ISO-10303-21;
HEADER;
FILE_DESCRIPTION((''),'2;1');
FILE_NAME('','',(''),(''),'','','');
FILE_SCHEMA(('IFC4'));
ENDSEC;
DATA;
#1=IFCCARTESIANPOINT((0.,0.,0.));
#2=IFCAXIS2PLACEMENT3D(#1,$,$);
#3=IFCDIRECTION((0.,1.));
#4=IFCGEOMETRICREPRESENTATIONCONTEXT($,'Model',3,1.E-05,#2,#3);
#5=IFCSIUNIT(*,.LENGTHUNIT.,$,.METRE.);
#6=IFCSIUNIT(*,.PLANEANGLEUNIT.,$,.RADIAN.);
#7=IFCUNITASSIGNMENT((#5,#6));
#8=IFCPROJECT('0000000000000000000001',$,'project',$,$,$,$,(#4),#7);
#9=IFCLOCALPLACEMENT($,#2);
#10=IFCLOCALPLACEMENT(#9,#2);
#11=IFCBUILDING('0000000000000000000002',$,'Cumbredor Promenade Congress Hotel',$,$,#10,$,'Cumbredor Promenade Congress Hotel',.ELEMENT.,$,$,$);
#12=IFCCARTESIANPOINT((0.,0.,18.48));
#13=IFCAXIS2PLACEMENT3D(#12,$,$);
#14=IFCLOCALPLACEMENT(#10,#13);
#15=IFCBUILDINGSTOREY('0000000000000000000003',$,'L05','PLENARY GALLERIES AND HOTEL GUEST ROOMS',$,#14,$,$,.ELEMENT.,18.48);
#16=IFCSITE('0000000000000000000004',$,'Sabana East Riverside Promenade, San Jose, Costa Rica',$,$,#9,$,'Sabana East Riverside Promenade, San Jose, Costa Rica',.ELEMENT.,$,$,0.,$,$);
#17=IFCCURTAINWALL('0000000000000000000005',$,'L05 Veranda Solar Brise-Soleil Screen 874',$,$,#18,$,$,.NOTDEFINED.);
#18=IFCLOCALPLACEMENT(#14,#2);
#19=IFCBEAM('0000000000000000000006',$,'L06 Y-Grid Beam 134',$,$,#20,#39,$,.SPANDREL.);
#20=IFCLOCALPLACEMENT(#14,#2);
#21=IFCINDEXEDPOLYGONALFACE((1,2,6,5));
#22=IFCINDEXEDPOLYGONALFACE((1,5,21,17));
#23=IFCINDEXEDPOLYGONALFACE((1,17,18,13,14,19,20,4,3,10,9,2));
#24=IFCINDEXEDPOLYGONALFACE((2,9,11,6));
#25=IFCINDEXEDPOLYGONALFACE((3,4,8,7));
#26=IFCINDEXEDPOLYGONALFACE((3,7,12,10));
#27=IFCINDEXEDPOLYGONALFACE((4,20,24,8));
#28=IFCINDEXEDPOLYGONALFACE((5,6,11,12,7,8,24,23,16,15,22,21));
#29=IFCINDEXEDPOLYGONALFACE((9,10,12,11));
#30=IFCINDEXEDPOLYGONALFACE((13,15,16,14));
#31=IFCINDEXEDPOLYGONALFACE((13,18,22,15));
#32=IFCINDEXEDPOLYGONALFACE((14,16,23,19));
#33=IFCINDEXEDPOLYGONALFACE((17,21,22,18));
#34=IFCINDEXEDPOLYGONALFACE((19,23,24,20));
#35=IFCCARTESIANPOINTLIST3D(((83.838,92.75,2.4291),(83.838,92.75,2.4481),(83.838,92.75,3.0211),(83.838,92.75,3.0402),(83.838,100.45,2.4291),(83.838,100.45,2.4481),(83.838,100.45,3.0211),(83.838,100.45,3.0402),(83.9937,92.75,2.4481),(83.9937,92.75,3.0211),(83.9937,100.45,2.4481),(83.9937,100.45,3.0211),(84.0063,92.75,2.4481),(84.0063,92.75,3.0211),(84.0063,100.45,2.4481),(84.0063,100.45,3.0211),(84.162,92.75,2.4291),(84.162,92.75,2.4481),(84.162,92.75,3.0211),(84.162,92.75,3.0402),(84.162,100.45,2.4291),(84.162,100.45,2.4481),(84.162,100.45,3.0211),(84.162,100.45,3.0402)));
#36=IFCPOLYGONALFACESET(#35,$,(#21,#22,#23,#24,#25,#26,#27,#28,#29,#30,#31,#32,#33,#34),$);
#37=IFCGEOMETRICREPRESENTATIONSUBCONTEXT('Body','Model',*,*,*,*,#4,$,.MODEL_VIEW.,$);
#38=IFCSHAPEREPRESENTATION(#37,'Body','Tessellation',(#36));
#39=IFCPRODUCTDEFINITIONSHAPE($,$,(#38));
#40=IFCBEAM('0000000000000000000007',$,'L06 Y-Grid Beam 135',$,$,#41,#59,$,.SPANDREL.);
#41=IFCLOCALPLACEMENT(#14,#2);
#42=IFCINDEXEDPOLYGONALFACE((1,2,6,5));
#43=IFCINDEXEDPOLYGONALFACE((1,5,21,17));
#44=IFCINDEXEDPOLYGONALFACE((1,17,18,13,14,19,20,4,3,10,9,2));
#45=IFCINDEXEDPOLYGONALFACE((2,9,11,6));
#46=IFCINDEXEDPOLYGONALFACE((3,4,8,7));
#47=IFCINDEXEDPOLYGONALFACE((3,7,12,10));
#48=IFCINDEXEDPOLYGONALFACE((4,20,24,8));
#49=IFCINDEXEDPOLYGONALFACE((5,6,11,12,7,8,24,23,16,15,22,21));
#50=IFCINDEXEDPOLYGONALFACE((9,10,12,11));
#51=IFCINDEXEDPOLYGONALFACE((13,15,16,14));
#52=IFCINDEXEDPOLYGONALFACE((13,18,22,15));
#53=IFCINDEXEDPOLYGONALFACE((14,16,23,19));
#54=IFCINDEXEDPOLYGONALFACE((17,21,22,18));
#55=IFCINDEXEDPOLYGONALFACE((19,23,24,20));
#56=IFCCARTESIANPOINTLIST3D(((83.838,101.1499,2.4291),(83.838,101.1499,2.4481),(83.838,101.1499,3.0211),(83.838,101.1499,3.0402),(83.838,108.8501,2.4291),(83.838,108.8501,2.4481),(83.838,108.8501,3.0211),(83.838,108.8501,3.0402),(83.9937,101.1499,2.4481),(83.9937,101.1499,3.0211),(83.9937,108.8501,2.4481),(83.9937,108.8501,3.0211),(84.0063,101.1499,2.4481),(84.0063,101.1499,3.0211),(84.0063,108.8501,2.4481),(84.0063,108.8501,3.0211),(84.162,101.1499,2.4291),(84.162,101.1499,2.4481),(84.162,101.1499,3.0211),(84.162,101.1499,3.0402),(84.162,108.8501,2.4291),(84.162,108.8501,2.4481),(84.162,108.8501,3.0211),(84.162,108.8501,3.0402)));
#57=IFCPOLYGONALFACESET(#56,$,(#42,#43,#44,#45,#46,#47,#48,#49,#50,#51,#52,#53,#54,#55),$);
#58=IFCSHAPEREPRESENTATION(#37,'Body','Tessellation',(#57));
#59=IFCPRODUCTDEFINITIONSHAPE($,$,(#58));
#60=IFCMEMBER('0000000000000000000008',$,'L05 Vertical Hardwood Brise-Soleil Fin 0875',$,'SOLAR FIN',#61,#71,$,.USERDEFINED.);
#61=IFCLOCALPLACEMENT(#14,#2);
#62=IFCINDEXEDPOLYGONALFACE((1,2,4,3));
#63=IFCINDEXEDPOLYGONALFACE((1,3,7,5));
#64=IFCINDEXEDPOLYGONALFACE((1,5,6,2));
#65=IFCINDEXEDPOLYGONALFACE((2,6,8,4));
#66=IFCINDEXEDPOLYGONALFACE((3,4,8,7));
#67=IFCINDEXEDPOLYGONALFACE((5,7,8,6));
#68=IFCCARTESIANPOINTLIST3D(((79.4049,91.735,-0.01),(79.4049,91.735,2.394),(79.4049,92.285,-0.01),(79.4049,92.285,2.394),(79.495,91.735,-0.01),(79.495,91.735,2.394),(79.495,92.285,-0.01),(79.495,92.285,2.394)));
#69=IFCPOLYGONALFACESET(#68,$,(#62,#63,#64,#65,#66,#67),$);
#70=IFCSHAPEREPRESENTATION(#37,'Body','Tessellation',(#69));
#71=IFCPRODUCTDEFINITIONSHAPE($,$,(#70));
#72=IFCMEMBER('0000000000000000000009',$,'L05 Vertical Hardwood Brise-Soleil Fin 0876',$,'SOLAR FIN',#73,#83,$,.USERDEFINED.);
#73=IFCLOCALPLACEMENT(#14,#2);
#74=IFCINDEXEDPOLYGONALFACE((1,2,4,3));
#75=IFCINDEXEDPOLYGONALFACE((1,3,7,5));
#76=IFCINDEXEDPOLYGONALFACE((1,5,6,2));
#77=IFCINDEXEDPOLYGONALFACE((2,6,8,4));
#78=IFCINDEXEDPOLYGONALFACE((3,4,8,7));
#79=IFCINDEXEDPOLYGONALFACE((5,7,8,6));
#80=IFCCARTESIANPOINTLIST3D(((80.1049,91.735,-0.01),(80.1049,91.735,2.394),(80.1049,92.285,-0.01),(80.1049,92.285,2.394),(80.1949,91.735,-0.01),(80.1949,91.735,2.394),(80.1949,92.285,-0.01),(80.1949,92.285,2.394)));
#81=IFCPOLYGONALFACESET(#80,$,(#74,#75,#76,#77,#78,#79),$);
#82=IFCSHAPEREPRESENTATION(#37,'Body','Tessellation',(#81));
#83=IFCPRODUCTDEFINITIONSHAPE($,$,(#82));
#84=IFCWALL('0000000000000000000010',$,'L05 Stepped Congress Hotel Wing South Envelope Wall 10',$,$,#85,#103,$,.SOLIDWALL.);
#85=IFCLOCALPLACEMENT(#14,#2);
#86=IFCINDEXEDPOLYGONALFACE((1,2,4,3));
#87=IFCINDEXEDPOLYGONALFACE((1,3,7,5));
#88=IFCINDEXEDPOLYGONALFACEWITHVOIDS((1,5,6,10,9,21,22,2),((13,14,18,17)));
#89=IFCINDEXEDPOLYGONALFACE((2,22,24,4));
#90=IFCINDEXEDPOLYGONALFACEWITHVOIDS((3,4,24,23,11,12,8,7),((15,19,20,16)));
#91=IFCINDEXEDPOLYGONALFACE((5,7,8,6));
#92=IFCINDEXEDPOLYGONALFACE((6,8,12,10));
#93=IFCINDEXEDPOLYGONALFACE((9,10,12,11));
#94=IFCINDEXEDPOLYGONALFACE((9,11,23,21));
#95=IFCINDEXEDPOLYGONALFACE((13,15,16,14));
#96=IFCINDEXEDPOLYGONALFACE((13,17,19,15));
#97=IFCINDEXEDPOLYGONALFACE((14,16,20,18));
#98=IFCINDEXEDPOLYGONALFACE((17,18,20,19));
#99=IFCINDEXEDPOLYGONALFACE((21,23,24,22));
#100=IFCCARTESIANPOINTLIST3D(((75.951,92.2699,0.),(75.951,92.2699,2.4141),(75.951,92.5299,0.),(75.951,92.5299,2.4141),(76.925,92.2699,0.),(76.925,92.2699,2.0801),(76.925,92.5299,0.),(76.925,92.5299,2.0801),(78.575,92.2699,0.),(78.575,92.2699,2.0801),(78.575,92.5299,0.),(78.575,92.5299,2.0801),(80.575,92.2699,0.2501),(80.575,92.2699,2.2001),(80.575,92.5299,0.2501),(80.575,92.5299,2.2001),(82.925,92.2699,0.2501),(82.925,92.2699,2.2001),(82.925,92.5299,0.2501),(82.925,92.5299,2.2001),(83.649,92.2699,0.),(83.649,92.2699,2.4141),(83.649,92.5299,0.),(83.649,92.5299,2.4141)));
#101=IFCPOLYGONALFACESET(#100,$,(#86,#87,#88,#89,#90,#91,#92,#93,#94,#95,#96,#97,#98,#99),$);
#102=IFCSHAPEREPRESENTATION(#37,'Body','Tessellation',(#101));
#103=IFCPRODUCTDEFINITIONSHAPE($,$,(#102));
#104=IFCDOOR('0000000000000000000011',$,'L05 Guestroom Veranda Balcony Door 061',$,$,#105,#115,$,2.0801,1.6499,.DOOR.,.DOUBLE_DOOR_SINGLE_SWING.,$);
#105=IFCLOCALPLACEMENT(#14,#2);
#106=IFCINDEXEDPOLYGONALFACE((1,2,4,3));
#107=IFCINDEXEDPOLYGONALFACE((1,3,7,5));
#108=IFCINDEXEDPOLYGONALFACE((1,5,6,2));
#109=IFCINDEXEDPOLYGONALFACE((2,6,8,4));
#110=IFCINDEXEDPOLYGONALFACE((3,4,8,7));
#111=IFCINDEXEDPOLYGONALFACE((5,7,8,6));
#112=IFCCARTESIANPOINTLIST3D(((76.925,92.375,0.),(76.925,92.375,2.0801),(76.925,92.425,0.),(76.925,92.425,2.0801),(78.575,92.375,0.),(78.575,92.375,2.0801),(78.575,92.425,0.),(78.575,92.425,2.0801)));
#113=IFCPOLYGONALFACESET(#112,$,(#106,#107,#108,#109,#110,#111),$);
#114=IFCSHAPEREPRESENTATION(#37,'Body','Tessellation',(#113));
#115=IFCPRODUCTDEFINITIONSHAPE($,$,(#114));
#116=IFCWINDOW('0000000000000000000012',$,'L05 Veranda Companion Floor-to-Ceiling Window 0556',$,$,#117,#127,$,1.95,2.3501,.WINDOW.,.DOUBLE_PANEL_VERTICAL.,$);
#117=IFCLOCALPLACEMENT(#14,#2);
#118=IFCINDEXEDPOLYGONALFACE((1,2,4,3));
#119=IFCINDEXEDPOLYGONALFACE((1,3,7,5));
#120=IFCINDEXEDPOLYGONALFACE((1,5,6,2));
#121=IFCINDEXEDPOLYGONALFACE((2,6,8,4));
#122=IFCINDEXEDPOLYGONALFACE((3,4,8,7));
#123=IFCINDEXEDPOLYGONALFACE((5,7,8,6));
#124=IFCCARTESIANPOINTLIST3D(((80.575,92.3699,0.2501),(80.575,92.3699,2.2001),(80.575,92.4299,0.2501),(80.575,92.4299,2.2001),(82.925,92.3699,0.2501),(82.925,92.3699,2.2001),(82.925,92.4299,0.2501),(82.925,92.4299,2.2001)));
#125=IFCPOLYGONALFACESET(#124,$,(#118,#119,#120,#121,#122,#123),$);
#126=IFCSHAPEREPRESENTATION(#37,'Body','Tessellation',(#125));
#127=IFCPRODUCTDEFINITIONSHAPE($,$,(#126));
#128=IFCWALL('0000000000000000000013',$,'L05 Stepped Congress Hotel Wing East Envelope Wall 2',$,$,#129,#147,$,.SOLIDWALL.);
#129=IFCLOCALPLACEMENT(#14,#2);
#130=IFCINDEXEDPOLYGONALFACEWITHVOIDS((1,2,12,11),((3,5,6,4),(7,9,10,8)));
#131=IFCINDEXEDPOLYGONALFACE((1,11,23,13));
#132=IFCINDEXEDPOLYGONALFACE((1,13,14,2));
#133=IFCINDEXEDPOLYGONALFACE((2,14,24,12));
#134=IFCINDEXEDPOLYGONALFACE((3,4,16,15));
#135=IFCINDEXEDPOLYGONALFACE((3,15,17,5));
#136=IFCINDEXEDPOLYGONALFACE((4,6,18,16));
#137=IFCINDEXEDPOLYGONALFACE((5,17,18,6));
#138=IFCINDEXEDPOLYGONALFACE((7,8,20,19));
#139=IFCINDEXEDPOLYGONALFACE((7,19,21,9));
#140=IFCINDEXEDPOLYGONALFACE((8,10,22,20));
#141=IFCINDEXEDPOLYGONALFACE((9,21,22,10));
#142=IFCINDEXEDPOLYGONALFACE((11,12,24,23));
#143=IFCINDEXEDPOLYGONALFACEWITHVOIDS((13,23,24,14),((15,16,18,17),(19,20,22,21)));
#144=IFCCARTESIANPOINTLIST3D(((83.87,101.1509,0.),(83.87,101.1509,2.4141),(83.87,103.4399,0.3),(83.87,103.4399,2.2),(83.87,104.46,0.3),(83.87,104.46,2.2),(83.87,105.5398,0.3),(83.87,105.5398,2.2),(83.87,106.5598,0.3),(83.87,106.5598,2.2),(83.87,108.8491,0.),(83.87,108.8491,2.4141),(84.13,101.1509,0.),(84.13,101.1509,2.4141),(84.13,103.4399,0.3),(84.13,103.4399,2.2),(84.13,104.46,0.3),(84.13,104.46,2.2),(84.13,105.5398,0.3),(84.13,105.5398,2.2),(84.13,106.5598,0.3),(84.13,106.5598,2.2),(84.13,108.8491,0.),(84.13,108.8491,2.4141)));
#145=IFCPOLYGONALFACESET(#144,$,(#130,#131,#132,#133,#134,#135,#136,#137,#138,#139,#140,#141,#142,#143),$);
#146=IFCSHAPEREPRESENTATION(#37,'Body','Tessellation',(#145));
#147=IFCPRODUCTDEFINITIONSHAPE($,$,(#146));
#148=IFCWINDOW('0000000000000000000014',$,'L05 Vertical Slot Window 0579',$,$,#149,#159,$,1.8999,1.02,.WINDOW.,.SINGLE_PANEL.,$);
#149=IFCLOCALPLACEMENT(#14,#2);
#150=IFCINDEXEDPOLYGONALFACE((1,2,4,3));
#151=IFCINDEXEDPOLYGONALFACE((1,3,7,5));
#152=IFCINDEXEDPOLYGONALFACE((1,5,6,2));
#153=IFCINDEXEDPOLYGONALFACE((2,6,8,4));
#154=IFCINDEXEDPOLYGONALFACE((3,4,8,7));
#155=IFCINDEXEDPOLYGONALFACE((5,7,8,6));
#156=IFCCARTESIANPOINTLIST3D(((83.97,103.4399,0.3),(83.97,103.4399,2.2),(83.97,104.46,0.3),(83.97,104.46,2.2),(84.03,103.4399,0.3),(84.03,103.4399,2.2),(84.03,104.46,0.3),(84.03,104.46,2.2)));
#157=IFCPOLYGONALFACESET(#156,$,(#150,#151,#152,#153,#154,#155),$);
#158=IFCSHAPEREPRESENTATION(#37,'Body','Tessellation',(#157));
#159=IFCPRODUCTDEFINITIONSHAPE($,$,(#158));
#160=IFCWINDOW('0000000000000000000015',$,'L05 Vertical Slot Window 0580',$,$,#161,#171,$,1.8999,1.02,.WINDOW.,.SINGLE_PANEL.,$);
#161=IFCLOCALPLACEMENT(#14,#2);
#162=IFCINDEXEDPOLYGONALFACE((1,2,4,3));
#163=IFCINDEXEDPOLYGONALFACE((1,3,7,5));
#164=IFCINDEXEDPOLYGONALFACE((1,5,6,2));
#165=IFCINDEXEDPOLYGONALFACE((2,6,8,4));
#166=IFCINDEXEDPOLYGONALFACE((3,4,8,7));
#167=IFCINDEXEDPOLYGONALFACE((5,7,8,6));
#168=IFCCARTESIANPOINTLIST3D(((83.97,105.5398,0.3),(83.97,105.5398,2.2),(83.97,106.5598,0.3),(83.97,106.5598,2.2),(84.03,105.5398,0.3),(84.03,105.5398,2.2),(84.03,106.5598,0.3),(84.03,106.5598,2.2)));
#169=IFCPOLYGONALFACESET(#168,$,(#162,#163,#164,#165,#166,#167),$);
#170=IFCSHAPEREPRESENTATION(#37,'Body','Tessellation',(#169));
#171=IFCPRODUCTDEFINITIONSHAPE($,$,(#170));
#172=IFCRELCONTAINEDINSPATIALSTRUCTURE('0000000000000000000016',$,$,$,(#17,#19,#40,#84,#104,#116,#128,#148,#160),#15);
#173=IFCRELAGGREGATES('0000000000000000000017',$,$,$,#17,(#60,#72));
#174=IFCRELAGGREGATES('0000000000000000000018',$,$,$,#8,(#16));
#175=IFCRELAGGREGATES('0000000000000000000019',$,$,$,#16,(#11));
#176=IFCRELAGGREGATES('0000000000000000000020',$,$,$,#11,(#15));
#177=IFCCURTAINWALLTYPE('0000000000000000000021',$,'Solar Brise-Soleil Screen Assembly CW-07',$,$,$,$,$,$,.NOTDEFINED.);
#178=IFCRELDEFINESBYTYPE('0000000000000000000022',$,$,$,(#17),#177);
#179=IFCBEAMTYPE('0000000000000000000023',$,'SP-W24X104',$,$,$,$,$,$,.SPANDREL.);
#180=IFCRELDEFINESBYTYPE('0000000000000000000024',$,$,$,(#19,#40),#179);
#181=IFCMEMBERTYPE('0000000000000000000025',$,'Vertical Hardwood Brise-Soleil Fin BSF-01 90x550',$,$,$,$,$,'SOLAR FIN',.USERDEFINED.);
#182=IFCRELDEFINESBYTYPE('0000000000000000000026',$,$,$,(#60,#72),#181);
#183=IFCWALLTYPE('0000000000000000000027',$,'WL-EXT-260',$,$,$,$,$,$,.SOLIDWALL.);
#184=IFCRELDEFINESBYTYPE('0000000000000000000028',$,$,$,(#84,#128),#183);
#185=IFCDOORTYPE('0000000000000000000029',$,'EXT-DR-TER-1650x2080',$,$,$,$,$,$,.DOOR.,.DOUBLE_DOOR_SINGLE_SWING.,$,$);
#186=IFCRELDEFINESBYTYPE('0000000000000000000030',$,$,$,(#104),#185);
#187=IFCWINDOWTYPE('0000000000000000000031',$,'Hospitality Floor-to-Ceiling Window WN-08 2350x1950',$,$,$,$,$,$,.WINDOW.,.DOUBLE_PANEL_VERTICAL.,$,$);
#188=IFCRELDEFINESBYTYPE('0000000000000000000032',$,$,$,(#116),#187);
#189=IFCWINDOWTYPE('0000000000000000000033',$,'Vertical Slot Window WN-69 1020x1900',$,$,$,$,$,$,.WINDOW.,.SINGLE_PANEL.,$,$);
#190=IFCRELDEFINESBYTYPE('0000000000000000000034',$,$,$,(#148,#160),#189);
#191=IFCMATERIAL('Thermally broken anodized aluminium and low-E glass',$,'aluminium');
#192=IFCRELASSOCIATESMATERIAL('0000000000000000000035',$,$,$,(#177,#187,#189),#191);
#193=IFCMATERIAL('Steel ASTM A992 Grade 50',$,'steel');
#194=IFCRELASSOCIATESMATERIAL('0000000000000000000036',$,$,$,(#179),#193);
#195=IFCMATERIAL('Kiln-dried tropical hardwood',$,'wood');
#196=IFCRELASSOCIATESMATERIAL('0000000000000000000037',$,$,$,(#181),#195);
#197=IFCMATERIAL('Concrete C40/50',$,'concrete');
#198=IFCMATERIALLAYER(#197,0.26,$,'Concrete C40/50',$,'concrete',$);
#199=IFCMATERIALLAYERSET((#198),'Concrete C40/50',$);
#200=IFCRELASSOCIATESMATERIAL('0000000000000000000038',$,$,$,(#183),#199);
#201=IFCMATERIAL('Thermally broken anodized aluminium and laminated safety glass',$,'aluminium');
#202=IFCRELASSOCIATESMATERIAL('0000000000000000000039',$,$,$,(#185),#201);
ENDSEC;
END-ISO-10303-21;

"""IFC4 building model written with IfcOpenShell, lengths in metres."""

from ifc_helpers import new_model, si_unit, direction, frame, frame_2d, origin, origin_2d, place, context, subcontext, project, spatial, rectangle, i_section, extrude, material, layer, layer_set, material_profile, profile_set, type_object, element, fill, aggregate, save


model = new_model("IFC4")

# Units and contexts
model_context = context("Model", 3, precision=1e-05, world=origin(), true_north=direction((0.0, 1.0)))
body_context = subcontext(model_context, "Body", "Model", "MODEL_VIEW")
ifc_project = project(units=[si_unit("LENGTHUNIT", "METRE"), si_unit("PLANEANGLEUNIT", "RADIAN")], contexts=[model_context])

# Site, building, storey
site_placement = place(None, origin())
site = spatial("IfcSite", under=ifc_project, at=site_placement, Name="Sabana East Riverside Promenade, San Jose, Costa Rica", LongName="Sabana East Riverside Promenade, San Jose, Costa Rica", CompositionType="ELEMENT", RefElevation=0.0)
building_placement = place(site_placement, origin())
building = spatial("IfcBuilding", under=site, at=building_placement, Name="Cumbredor Promenade Congress Hotel", LongName="Cumbredor Promenade Congress Hotel", CompositionType="ELEMENT")
storey_placement = place(building_placement, frame((0.0, 0.0, 18.48)))
storey = spatial("IfcBuildingStorey", under=building, at=storey_placement, Name="L05", Description="PLENARY GALLERIES AND HOTEL GUEST ROOMS", CompositionType="ELEMENT", Elevation=18.48)

# Shared definitions
ifc_material_1 = material(Name="Concrete C40/50", Category="concrete")

# Shared definitions
ifc_material_2 = material(Name="Steel ASTM A992 Grade 50", Category="steel")

# Curtain wall
ifc_material_3 = material(Name="Thermally broken anodized aluminium and low-E glass", Category="aluminium")
curtain_wall_type = type_object("IfcCurtainWallType", Name="Solar Brise-Soleil Screen Assembly CW-07", PredefinedType="NOTDEFINED", material=ifc_material_3)
curtain_wall_1_placement = place(storey_placement, origin())
curtain_wall_1 = element("IfcCurtainWall", 1, at=curtain_wall_1_placement, inside=storey, type_object=curtain_wall_type, Name="L05 Veranda Solar Brise-Soleil Screen 874", PredefinedType="NOTDEFINED")

# Beams
ifc_material_profile_1 = material_profile(ifc_material_2, i_section(OverallWidth=0.324, OverallDepth=0.6111, WebThickness=0.0127, FlangeThickness=0.019, at=origin_2d()), Name="W24X104")
ifc_profile_set_1 = profile_set([ifc_material_profile_1], Name="Steel ASTM A992 Grade 50")
beam_type_1 = type_object("IfcBeamType", Name="SP-W24X104", PredefinedType="SPANDREL", material=ifc_profile_set_1)
beam_1_placement = place(storey_placement, frame((84.0, 92.75, 2.7346), z_axis=(0.0, 1.0, 0.0), x_axis=(-1.0, 0.0, 0.0)))
element("IfcBeam", 2, at=beam_1_placement, inside=storey, type_object=beam_type_1, Name="L06 Y-Grid Beam 134", PredefinedType="SPANDREL", context=body_context, shape_type="SweptSolid", body=[
    extrude(i_section(OverallWidth=0.324, OverallDepth=0.6111, WebThickness=0.0127, FlangeThickness=0.019, at=origin_2d()), origin(), (0.0, 0.0, 1.0), 7.7),
])
beam_2_placement = place(storey_placement, frame((84.0, 101.1499, 2.7346), z_axis=(0.0, 1.0, 0.0), x_axis=(-1.0, 0.0, 0.0)))
element("IfcBeam", 3, at=beam_2_placement, inside=storey, type_object=beam_type_1, Name="L06 Y-Grid Beam 135", PredefinedType="SPANDREL", context=body_context, shape_type="SweptSolid", body=[
    extrude(i_section(OverallWidth=0.324, OverallDepth=0.6111, WebThickness=0.0127, FlangeThickness=0.019, at=origin_2d()), origin(), (0.0, 0.0, 1.0), 7.7002),
])

# Members
ifc_material_4 = material(Name="Kiln-dried tropical hardwood", Category="wood")
ifc_material_profile_2 = material_profile(ifc_material_4, rectangle(XDim=0.0901, YDim=0.55, at=origin_2d()), Name="ARCH FIN 90x550")
ifc_profile_set_2 = profile_set([ifc_material_profile_2], Name="Kiln-dried tropical hardwood")
member_type_1 = type_object("IfcMemberType", Name="Vertical Hardwood Brise-Soleil Fin BSF-01 90x550", ElementType="SOLAR FIN", PredefinedType="USERDEFINED", material=ifc_profile_set_2)
member_1_placement = place(storey_placement, frame((79.45, 92.01, -0.01), z_axis=(0.0, 0.0, 1.0), x_axis=(1.0, 0.0, 0.0)))
member_1 = element("IfcMember", 4, at=member_1_placement, type_object=member_type_1, Name="L05 Vertical Hardwood Brise-Soleil Fin 0875", ObjectType="SOLAR FIN", PredefinedType="USERDEFINED", context=body_context, shape_type="SweptSolid", body=[
    extrude(rectangle(XDim=0.0901, YDim=0.55, at=origin_2d()), origin(), (0.0, 0.0, 1.0), 2.4041),
])
member_2_placement = place(storey_placement, frame((80.1499, 92.01, -0.01), z_axis=(0.0, 0.0, 1.0), x_axis=(1.0, 0.0, 0.0)))
member_2 = element("IfcMember", 5, at=member_2_placement, type_object=member_type_1, Name="L05 Vertical Hardwood Brise-Soleil Fin 0876", ObjectType="SOLAR FIN", PredefinedType="USERDEFINED", context=body_context, shape_type="SweptSolid", body=[
    extrude(rectangle(XDim=0.0901, YDim=0.55, at=origin_2d()), origin(), (0.0, 0.0, 1.0), 2.4041),
])
aggregate(curtain_wall_1, [member_1, member_2])

# Wall, openings, door, window
ifc_layer_1 = layer(ifc_material_1, 0.26, Name="Concrete C40/50", Category="concrete")
ifc_layer_set_1 = layer_set([ifc_layer_1], Name="Concrete C40/50")
wall_type_1 = type_object("IfcWallType", Name="WL-EXT-260", PredefinedType="SOLIDWALL", material=ifc_layer_set_1)
wall_1_placement = place(storey_placement, frame((75.9509, 92.3999, 0.0), z_axis=(0.0, 0.0, 1.0), x_axis=(1.0, 0.0, 0.0)))
wall_1 = element("IfcWall", 6, at=wall_1_placement, inside=storey, type_object=wall_type_1, Name="L05 Stepped Congress Hotel Wing South Envelope Wall 10", PredefinedType="SOLIDWALL", context=body_context, shape_type="SweptSolid", body=[
    extrude(rectangle(XDim=7.698, YDim=0.26, at=frame_2d((3.8491, 0.0))), origin(), (0.0, 0.0, 1.0), 2.4141),
])
opening_1_placement = place(wall_1_placement, frame((0.9741, 0.0, 0.0)))
opening_1 = element("IfcOpeningElement", 7, at=opening_1_placement, cuts=wall_1, PredefinedType="OPENING", context=body_context, shape_type="SweptSolid", body=[
    extrude(rectangle(XDim=1.6499, YDim=2.0801, at=frame_2d((0.825, 1.04))), frame((0.0, 0.1401, 0.0), z_axis=(0.0, -1.0, 0.0), x_axis=(1.0, 0.0, 0.0)), (0.0, 0.0, 1.0), 0.28),
])
opening_2_placement = place(wall_1_placement, frame((4.624, 0.0, 0.25)))
opening_2 = element("IfcOpeningElement", 8, at=opening_2_placement, cuts=wall_1, PredefinedType="OPENING", context=body_context, shape_type="SweptSolid", body=[
    extrude(rectangle(XDim=2.3501, YDim=1.95, at=frame_2d((1.175, 0.9751))), frame((0.0, 0.1401, 0.0), z_axis=(0.0, -1.0, 0.0), x_axis=(1.0, 0.0, 0.0)), (0.0, 0.0, 1.0), 0.28),
])
ifc_material_5 = material(Name="Thermally broken anodized aluminium and laminated safety glass", Category="aluminium")
door_type = type_object("IfcDoorType", Name="EXT-DR-TER-1650x2080", OperationType="DOUBLE_DOOR_SINGLE_SWING", PredefinedType="DOOR", material=ifc_material_5)
door_placement = place(opening_1_placement, frame((1.6499, 0.0, 0.0), z_axis=(0.0, 0.0, 1.0), x_axis=(-1.0, 0.0, 0.0)))
door = element("IfcDoor", 9, at=door_placement, inside=storey, type_object=door_type, Name="L05 Guestroom Veranda Balcony Door 061", OperationType="DOUBLE_DOOR_SINGLE_SWING", OverallHeight=2.0801, OverallWidth=1.6499, PredefinedType="DOOR", context=body_context, shape_type="SweptSolid", body=[
    extrude(rectangle(XDim=1.6499, YDim=2.0801, at=frame_2d((0.825, 1.04))), frame((0.0, 0.0249, 0.0), z_axis=(0.0, -1.0, 0.0), x_axis=(1.0, 0.0, 0.0)), (0.0, 0.0, 1.0), 0.05),
])
fill(opening_1, door)
window_type_1 = type_object("IfcWindowType", Name="Hospitality Floor-to-Ceiling Window WN-08 2350x1950", PartitioningType="DOUBLE_PANEL_VERTICAL", PredefinedType="WINDOW", material=ifc_material_3)
window_1_placement = place(opening_2_placement, origin())
window_1 = element("IfcWindow", 10, at=window_1_placement, inside=storey, type_object=window_type_1, Name="L05 Veranda Companion Floor-to-Ceiling Window 0556", OverallHeight=1.95, OverallWidth=2.3501, PartitioningType="DOUBLE_PANEL_VERTICAL", PredefinedType="WINDOW", context=body_context, shape_type="SweptSolid", body=[
    extrude(rectangle(XDim=2.3501, YDim=1.95, at=frame_2d((1.175, 0.9751))), frame((0.0, 0.03, 0.0), z_axis=(0.0, -1.0, 0.0), x_axis=(1.0, 0.0, 0.0)), (0.0, 0.0, 1.0), 0.0601),
])
fill(opening_2, window_1)

# Wall, openings, windows
wall_2_placement = place(storey_placement, frame((84.0, 101.1509, 0.0), z_axis=(0.0, 0.0, 1.0), x_axis=(0.0, 1.0, 0.0)))
wall_2 = element("IfcWall", 11, at=wall_2_placement, inside=storey, type_object=wall_type_1, Name="L05 Stepped Congress Hotel Wing East Envelope Wall 2", PredefinedType="SOLIDWALL", context=body_context, shape_type="SweptSolid", body=[
    extrude(rectangle(XDim=7.6982, YDim=0.26, at=frame_2d((3.8491, 0.0))), origin(), (0.0, 0.0, 1.0), 2.4141),
])
opening_3_placement = place(wall_2_placement, frame((2.2891, 0.0, 0.3)))
opening_3 = element("IfcOpeningElement", 12, at=opening_3_placement, cuts=wall_2, PredefinedType="OPENING", context=body_context, shape_type="SweptSolid", body=[
    extrude(rectangle(XDim=1.02, YDim=1.8999, at=frame_2d((0.51, 0.95))), frame((0.0, 0.1401, 0.0), z_axis=(0.0, -1.0, 0.0), x_axis=(1.0, 0.0, 0.0)), (0.0, 0.0, 1.0), 0.28),
])
opening_4_placement = place(wall_2_placement, frame((4.3889, 0.0, 0.3)))
opening_4 = element("IfcOpeningElement", 13, at=opening_4_placement, cuts=wall_2, PredefinedType="OPENING", context=body_context, shape_type="SweptSolid", body=[
    extrude(rectangle(XDim=1.02, YDim=1.8999, at=frame_2d((0.51, 0.95))), frame((0.0, 0.1401, 0.0), z_axis=(0.0, -1.0, 0.0), x_axis=(1.0, 0.0, 0.0)), (0.0, 0.0, 1.0), 0.28),
])
window_type_2 = type_object("IfcWindowType", Name="Vertical Slot Window WN-69 1020x1900", PartitioningType="SINGLE_PANEL", PredefinedType="WINDOW", material=ifc_material_3)
window_2_placement = place(opening_3_placement, origin())
window_2 = element("IfcWindow", 14, at=window_2_placement, inside=storey, type_object=window_type_2, Name="L05 Vertical Slot Window 0579", OverallHeight=1.8999, OverallWidth=1.02, PartitioningType="SINGLE_PANEL", PredefinedType="WINDOW", context=body_context, shape_type="SweptSolid", body=[
    extrude(rectangle(XDim=1.02, YDim=1.8999, at=frame_2d((0.51, 0.95))), frame((0.0, 0.03, 0.0), z_axis=(0.0, -1.0, 0.0), x_axis=(1.0, 0.0, 0.0)), (0.0, 0.0, 1.0), 0.0601),
])
fill(opening_3, window_2)
window_3_placement = place(opening_4_placement, origin())
window_3 = element("IfcWindow", 15, at=window_3_placement, inside=storey, type_object=window_type_2, Name="L05 Vertical Slot Window 0580", OverallHeight=1.8999, OverallWidth=1.02, PartitioningType="SINGLE_PANEL", PredefinedType="WINDOW", context=body_context, shape_type="SweptSolid", body=[
    extrude(rectangle(XDim=1.02, YDim=1.8999, at=frame_2d((0.51, 0.95))), frame((0.0, 0.03, 0.0), z_axis=(0.0, -1.0, 0.0), x_axis=(1.0, 0.0, 0.0)), (0.0, 0.0, 1.0), 0.0601),
])
fill(opening_4, window_3)

save(model, "model.ifc")
